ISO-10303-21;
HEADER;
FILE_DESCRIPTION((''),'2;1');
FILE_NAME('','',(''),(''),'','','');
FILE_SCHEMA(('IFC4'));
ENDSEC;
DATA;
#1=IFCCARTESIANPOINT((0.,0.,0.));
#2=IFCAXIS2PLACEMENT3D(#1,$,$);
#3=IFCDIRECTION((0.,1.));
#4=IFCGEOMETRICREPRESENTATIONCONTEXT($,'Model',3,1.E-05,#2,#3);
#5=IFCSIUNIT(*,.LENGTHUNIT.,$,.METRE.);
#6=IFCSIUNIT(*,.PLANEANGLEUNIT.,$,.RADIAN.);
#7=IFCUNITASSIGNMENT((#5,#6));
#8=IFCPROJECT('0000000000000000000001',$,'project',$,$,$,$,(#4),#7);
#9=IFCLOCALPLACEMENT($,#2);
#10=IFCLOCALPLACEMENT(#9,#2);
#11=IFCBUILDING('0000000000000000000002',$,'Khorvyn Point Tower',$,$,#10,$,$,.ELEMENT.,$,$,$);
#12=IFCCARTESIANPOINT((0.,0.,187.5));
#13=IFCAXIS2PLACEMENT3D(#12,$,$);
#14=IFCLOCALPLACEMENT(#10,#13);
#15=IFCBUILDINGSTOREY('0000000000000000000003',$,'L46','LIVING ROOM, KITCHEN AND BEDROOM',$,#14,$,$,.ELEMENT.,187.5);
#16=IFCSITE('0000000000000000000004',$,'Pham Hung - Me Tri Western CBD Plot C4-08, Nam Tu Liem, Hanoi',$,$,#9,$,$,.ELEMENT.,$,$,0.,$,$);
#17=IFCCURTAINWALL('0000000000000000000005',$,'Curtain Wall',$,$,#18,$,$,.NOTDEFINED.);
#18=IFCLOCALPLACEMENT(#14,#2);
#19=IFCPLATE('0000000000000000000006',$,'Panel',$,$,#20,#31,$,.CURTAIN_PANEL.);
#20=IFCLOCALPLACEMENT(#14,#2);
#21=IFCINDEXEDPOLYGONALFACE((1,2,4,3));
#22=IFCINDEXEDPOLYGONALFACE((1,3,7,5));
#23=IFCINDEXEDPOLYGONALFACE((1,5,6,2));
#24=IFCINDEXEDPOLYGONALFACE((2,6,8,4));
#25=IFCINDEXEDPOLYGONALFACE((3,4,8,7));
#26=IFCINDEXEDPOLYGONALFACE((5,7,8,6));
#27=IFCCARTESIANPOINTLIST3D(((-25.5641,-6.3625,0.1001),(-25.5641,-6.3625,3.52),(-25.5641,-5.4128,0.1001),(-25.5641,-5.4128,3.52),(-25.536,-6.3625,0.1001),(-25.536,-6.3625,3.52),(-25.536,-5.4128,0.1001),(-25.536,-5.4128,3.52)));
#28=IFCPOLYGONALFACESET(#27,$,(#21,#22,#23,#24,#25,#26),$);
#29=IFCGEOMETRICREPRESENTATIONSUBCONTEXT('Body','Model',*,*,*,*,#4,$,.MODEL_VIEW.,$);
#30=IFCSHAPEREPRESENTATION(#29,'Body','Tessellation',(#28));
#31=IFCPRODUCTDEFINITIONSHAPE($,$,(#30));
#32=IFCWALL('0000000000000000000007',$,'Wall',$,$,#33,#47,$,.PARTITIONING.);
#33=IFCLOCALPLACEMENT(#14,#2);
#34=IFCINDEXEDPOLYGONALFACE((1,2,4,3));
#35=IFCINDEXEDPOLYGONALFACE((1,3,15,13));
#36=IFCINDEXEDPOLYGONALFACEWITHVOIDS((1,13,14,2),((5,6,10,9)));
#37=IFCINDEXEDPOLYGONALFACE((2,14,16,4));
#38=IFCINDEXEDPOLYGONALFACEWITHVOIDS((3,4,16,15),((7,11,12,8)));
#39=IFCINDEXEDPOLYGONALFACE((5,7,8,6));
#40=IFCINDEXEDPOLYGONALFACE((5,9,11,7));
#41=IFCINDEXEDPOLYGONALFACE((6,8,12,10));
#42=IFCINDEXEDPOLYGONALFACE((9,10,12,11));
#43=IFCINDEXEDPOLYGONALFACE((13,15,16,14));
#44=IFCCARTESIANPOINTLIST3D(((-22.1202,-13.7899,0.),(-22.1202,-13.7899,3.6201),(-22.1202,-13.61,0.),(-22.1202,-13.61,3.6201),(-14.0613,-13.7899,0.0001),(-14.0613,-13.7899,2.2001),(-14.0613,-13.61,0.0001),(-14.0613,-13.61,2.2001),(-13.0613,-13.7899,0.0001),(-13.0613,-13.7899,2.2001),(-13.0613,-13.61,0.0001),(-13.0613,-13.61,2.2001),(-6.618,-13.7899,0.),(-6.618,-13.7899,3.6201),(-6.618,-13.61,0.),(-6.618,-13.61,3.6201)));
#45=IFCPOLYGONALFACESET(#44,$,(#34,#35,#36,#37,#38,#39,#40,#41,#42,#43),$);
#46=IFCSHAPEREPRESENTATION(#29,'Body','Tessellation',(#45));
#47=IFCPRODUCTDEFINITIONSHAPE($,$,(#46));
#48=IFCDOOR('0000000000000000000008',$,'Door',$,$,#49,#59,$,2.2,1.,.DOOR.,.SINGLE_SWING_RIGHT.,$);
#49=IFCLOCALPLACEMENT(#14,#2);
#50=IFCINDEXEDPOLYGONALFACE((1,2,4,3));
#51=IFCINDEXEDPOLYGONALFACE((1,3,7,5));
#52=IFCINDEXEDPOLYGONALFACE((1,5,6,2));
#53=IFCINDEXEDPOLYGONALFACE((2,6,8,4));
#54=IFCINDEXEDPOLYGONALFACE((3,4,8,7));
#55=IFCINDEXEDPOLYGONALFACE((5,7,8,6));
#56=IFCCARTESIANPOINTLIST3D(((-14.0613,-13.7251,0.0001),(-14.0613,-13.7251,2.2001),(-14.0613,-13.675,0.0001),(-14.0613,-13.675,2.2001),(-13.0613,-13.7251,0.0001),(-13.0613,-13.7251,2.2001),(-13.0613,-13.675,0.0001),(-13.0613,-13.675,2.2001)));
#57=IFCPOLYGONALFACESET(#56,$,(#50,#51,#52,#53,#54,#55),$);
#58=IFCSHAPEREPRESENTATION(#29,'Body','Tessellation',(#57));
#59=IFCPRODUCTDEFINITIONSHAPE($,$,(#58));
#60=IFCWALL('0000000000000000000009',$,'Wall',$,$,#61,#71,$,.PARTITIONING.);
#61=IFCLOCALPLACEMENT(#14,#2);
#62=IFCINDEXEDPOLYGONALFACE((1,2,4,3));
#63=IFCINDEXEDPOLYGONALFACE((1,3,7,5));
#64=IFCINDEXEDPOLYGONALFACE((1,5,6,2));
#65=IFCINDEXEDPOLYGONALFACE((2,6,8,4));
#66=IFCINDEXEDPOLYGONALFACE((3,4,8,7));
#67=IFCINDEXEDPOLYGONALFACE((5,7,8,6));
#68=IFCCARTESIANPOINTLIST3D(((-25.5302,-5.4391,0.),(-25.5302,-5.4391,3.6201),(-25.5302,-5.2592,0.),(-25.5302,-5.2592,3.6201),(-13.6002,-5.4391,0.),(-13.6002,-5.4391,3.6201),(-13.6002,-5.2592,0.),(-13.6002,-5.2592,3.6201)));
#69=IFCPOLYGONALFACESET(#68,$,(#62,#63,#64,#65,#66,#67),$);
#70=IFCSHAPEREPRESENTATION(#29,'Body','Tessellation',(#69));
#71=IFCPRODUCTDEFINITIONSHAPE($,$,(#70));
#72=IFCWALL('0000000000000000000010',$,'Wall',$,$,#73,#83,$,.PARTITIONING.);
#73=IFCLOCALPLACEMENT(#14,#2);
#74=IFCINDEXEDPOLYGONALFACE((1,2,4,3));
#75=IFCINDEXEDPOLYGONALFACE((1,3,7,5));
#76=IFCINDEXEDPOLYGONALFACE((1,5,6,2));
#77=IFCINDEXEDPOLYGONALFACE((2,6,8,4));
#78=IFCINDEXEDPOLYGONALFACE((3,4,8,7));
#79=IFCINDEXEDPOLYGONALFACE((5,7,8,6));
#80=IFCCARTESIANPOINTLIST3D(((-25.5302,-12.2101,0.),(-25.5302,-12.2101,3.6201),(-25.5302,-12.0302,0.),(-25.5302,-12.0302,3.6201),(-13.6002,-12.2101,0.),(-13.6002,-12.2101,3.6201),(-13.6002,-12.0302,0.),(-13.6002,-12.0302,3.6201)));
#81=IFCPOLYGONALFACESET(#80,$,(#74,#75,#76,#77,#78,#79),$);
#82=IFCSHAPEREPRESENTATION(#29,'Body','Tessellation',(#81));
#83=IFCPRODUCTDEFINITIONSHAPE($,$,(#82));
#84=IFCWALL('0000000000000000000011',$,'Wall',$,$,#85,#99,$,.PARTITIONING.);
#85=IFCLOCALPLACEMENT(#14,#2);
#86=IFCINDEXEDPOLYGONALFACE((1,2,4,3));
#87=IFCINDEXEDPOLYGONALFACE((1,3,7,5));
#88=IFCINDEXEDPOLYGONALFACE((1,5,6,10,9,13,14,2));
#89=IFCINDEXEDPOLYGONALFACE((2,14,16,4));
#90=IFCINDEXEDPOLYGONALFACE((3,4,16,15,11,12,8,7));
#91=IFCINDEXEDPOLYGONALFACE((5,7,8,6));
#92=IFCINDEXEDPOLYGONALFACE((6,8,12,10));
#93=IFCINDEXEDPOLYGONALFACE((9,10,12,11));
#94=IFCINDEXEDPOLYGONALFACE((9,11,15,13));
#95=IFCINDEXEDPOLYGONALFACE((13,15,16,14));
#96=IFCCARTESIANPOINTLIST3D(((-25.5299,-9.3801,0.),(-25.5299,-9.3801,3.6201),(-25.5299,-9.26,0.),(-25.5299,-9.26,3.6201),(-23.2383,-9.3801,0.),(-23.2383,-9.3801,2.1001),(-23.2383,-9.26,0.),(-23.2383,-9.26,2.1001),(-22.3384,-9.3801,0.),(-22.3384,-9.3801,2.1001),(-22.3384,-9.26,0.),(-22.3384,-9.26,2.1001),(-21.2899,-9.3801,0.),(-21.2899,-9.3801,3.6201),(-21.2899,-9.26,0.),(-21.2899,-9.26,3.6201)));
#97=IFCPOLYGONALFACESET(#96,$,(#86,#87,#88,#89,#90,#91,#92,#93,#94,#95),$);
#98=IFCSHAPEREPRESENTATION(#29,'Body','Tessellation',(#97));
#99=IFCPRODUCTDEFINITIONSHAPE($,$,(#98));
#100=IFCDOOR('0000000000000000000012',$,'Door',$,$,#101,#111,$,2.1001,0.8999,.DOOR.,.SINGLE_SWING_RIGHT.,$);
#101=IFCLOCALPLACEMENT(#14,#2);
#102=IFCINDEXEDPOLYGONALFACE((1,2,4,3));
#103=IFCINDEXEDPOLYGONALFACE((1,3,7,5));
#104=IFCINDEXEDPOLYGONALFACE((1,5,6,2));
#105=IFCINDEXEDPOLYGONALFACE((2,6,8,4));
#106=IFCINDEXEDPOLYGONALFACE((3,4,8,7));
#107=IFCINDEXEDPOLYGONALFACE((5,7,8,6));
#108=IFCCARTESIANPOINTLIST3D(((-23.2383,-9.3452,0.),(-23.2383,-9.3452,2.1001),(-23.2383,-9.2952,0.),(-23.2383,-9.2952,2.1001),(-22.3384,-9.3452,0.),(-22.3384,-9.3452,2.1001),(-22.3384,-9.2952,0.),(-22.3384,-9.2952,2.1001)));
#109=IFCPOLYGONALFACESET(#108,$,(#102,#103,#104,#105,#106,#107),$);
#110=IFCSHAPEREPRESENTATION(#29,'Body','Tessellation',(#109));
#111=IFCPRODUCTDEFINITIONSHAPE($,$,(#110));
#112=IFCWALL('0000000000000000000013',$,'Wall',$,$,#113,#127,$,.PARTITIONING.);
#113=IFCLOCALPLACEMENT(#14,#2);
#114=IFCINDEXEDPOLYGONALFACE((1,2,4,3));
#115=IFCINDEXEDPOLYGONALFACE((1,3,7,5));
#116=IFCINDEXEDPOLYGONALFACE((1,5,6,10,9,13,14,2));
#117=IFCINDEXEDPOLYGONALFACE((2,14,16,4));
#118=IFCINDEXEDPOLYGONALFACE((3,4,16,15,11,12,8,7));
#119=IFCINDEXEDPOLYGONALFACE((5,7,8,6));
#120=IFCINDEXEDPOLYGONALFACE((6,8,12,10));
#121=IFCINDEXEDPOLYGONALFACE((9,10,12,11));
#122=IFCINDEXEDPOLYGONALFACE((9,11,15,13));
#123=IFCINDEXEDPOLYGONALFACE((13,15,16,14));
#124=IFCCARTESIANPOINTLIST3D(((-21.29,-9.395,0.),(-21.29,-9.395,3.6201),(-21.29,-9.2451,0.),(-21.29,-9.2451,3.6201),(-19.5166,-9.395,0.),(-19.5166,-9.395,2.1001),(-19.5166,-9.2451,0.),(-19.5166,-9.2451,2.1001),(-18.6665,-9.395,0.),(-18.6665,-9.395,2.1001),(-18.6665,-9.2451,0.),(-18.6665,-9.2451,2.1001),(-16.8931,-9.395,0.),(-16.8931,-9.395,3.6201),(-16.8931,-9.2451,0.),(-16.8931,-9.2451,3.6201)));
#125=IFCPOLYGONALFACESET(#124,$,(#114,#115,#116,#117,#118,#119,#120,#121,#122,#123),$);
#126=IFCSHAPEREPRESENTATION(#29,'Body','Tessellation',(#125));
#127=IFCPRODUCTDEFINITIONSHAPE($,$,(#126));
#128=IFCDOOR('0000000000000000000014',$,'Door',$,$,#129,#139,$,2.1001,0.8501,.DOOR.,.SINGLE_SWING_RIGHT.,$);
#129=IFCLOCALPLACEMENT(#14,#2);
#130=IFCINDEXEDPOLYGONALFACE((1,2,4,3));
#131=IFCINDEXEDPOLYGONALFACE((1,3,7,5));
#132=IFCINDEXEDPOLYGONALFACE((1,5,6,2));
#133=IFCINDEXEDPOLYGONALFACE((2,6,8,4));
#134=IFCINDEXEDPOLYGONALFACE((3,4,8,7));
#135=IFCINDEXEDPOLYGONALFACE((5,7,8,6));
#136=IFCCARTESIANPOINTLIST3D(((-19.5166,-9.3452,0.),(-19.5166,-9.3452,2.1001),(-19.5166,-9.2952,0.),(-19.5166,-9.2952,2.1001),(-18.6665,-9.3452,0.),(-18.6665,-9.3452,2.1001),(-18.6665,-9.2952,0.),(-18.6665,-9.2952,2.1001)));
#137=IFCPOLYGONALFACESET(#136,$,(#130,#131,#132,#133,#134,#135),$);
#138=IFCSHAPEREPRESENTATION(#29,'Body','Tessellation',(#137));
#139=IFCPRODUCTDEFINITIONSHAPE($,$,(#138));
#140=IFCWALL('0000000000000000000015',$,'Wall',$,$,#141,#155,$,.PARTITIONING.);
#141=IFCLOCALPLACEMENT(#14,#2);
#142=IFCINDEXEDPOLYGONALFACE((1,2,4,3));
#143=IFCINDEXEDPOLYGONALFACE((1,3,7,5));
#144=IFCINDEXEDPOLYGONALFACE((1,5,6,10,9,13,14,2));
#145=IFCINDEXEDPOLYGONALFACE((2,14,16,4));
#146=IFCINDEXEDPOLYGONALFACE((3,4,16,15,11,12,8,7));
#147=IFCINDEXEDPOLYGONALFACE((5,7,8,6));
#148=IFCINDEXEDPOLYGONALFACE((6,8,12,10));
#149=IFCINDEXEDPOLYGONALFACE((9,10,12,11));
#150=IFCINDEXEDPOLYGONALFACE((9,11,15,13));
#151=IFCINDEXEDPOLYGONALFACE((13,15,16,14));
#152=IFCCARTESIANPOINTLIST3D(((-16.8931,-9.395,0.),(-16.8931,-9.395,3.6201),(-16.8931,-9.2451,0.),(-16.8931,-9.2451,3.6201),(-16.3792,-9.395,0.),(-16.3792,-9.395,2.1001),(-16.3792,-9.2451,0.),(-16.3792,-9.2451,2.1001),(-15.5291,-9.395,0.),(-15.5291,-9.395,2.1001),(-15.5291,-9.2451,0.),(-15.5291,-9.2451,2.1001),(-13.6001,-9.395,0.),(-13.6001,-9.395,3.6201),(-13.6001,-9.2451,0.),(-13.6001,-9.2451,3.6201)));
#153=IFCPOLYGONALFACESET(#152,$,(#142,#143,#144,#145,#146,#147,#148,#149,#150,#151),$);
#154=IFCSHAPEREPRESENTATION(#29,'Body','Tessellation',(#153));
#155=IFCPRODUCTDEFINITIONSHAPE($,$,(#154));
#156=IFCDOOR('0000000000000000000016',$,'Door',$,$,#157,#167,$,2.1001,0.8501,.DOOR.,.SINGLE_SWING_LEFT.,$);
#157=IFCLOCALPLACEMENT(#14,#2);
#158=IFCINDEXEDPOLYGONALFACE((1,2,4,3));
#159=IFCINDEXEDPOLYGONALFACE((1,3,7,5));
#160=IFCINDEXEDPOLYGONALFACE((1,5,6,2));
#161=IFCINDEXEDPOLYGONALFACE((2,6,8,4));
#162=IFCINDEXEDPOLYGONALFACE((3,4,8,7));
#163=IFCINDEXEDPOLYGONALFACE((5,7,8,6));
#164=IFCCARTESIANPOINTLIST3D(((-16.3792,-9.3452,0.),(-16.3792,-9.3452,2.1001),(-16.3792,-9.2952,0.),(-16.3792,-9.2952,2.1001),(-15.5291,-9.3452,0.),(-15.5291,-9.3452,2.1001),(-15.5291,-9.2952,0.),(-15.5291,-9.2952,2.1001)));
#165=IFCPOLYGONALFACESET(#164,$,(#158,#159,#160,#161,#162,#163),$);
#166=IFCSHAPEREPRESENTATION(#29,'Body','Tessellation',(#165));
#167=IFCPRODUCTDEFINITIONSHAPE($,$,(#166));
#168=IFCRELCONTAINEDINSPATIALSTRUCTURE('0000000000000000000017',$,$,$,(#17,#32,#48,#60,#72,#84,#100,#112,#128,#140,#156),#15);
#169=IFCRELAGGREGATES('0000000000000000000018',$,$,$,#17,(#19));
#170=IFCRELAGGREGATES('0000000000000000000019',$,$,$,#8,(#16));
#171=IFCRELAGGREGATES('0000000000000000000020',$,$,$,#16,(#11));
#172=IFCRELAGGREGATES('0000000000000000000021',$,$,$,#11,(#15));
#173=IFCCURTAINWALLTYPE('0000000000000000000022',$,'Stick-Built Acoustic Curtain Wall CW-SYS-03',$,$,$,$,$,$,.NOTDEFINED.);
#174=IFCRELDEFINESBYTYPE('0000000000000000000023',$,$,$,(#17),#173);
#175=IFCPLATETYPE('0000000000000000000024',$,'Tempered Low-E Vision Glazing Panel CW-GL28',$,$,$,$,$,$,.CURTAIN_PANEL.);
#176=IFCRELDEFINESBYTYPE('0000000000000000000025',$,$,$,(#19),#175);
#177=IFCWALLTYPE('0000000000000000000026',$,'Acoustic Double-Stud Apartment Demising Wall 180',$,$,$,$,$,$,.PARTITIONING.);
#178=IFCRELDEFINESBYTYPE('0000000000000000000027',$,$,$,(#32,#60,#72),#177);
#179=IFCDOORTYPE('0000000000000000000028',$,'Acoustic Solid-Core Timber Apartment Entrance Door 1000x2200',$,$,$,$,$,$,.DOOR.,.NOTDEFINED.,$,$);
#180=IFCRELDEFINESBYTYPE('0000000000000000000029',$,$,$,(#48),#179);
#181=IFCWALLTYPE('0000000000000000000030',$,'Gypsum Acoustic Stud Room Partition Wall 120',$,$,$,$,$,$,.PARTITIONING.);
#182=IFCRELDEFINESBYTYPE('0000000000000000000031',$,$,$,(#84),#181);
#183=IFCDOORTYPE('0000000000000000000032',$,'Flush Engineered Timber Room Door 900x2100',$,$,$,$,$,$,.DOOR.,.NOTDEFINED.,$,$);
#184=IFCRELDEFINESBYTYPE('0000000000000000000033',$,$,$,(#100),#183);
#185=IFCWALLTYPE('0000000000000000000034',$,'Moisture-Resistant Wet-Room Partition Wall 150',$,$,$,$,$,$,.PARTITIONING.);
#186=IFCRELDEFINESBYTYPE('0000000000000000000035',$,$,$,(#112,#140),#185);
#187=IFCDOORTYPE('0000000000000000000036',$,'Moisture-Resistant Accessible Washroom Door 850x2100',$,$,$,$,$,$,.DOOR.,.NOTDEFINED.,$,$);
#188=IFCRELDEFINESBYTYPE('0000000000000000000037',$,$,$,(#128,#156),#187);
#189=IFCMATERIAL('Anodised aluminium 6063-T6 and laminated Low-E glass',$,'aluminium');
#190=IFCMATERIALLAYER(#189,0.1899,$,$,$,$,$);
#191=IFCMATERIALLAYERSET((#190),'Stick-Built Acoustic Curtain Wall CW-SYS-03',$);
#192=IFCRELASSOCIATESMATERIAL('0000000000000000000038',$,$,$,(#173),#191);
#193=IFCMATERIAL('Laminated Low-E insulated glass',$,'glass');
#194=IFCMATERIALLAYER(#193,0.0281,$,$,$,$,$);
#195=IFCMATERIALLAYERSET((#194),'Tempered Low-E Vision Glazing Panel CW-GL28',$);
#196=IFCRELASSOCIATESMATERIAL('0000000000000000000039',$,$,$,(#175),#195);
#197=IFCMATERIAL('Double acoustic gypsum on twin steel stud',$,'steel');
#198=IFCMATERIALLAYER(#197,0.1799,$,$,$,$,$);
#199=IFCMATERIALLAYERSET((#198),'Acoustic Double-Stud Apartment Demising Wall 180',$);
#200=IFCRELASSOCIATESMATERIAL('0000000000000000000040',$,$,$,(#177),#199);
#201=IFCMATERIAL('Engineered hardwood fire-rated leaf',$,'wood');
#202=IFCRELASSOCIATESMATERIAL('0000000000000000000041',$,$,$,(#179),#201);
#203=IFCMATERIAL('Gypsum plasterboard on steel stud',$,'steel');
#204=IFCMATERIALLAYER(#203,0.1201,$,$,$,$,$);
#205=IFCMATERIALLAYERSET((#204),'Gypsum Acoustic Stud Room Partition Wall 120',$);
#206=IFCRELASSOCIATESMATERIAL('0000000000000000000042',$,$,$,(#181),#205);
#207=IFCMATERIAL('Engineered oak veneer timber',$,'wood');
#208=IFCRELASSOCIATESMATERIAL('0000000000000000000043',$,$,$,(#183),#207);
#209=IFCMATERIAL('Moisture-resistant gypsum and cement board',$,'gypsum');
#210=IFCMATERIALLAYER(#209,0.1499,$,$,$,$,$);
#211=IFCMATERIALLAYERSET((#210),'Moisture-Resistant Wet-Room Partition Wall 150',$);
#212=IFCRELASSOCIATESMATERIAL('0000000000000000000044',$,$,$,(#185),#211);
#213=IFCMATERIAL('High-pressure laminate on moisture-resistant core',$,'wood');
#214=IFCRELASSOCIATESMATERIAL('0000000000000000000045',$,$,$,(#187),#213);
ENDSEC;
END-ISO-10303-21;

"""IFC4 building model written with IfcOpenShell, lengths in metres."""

from ifc_helpers import new_model, si_unit, direction, frame, frame_2d, origin, origin_2d, place, context, subcontext, project, spatial, rectangle, extrude, material, layer, layer_set, type_object, element, fill, aggregate, save


model = new_model("IFC4")

# Units and contexts
model_context = context("Model", 3, precision=1e-05, world=origin(), true_north=direction((0.0, 1.0)))
body_context = subcontext(model_context, "Body", "Model", "MODEL_VIEW")
ifc_project = project(units=[si_unit("LENGTHUNIT", "METRE"), si_unit("PLANEANGLEUNIT", "RADIAN")], contexts=[model_context])

# Site, building, storey
site_placement = place(None, origin())
site = spatial("IfcSite", under=ifc_project, at=site_placement, Name="Pham Hung - Me Tri Western CBD Plot C4-08, Nam Tu Liem, Hanoi", CompositionType="ELEMENT", RefElevation=0.0)
building_placement = place(site_placement, origin())
building = spatial("IfcBuilding", under=site, at=building_placement, Name="Khorvyn Point Tower", CompositionType="ELEMENT")
storey_placement = place(building_placement, frame((0.0, 0.0, 187.5)))
storey = spatial("IfcBuildingStorey", under=building, at=storey_placement, Name="L46", Description="LIVING ROOM, KITCHEN AND BEDROOM", CompositionType="ELEMENT", Elevation=187.5)

# Curtain wall
ifc_material_1 = material(Name="Anodised aluminium 6063-T6 and laminated Low-E glass", Category="aluminium")
ifc_layer_1 = layer(ifc_material_1, 0.1899)
ifc_layer_set_1 = layer_set([ifc_layer_1], Name="Stick-Built Acoustic Curtain Wall CW-SYS-03")
curtain_wall_type = type_object("IfcCurtainWallType", Name="Stick-Built Acoustic Curtain Wall CW-SYS-03", PredefinedType="NOTDEFINED", material=ifc_layer_set_1)
curtain_wall_placement = place(storey_placement, origin())
curtain_wall = element("IfcCurtainWall", 1, at=curtain_wall_placement, inside=storey, type_object=curtain_wall_type, Name="Curtain Wall", PredefinedType="NOTDEFINED")

# Plate
ifc_material_2 = material(Name="Laminated Low-E insulated glass", Category="glass")
ifc_layer_2 = layer(ifc_material_2, 0.0281)
ifc_layer_set_2 = layer_set([ifc_layer_2], Name="Tempered Low-E Vision Glazing Panel CW-GL28")
plate_type_1 = type_object("IfcPlateType", Name="Tempered Low-E Vision Glazing Panel CW-GL28", PredefinedType="CURTAIN_PANEL", material=ifc_layer_set_2)
plate_1_placement = place(storey_placement, frame((-25.55, -5.8877, 0.1001), z_axis=(0.0, 0.0, 1.0), x_axis=(0.0, 1.0, 0.0)))
plate_1 = element("IfcPlate", 2, at=plate_1_placement, type_object=plate_type_1, Name="Panel", PredefinedType="CURTAIN_PANEL", context=body_context, shape_type="SweptSolid", body=[
    extrude(rectangle(XDim=0.9497, YDim=0.0281, at=origin_2d()), origin(), (0.0, 0.0, 1.0), 3.4199),
])
aggregate(curtain_wall, [plate_1])

# Wall, opening, door
ifc_material_3 = material(Name="Double acoustic gypsum on twin steel stud", Category="steel")
ifc_layer_3 = layer(ifc_material_3, 0.1799)
ifc_layer_set_3 = layer_set([ifc_layer_3], Name="Acoustic Double-Stud Apartment Demising Wall 180")
wall_type_1 = type_object("IfcWallType", Name="Acoustic Double-Stud Apartment Demising Wall 180", PredefinedType="PARTITIONING", material=ifc_layer_set_3)
wall_1_placement = place(storey_placement, frame((-22.1201, -13.7, 0.0), z_axis=(0.0, 0.0, 1.0), x_axis=(1.0, 0.0, 0.0)))
wall_1 = element("IfcWall", 3, at=wall_1_placement, inside=storey, type_object=wall_type_1, Name="Wall", PredefinedType="PARTITIONING", context=body_context, shape_type="SweptSolid", body=[
    extrude(rectangle(XDim=15.5022, YDim=0.1799, at=frame_2d((7.751, 0.0))), origin(), (0.0, 0.0, 1.0), 3.6201),
])
opening_1_placement = place(wall_1_placement, frame((8.0588, 0.0, 0.0)))
opening_1 = element("IfcOpeningElement", 4, at=opening_1_placement, cuts=wall_1, PredefinedType="OPENING", context=body_context, shape_type="SweptSolid", body=[
    extrude(rectangle(XDim=1.0, YDim=2.2, at=frame_2d((0.5, 1.1001))), frame((0.0, 0.0999, 0.0), z_axis=(0.0, -1.0, 0.0), x_axis=(1.0, 0.0, 0.0)), (0.0, 0.0, 1.0), 0.2),
])
ifc_material_4 = material(Name="Engineered hardwood fire-rated leaf", Category="wood")
door_type_1 = type_object("IfcDoorType", Name="Acoustic Solid-Core Timber Apartment Entrance Door 1000x2200", OperationType="NOTDEFINED", PredefinedType="DOOR", material=ifc_material_4)
door_1_placement = place(opening_1_placement, origin())
door_1 = element("IfcDoor", 5, at=door_1_placement, inside=storey, type_object=door_type_1, Name="Door", OperationType="SINGLE_SWING_RIGHT", OverallHeight=2.2, OverallWidth=1.0, PredefinedType="DOOR", context=body_context, shape_type="SweptSolid", body=[
    extrude(rectangle(XDim=1.0, YDim=2.2, at=frame_2d((0.5, 1.1001))), frame((0.0, 0.0249, 0.0), z_axis=(0.0, -1.0, 0.0), x_axis=(1.0, 0.0, 0.0)), (0.0, 0.0, 1.0), 0.05),
])
fill(opening_1, door_1)

# Walls
for number, where, z_axis, x_axis, name in (
    (6, (-25.53, -5.3491, 0.0), (0.0, 0.0, 1.0), (1.0, 0.0, 0.0), "Wall"),
    (7, (-25.53, -12.1201, 0.0), (0.0, 0.0, 1.0), (1.0, 0.0, 0.0), "Wall"),
):
    element("IfcWall", number, at=place(storey_placement, frame(where, z_axis=z_axis, x_axis=x_axis)), inside=storey, type_object=wall_type_1, Name=name, PredefinedType="PARTITIONING", context=body_context, shape_type="SweptSolid", body=[
        extrude(rectangle(XDim=11.9299, YDim=0.1799, at=frame_2d((5.9648, 0.0))), origin(), (0.0, 0.0, 1.0), 3.6201),
    ])

# Walls, openings, doors
ifc_material_5 = material(Name="Gypsum plasterboard on steel stud", Category="steel")
ifc_layer_4 = layer(ifc_material_5, 0.1201)
ifc_layer_set_4 = layer_set([ifc_layer_4], Name="Gypsum Acoustic Stud Room Partition Wall 120")
wall_type_2 = type_object("IfcWallType", Name="Gypsum Acoustic Stud Room Partition Wall 120", PredefinedType="PARTITIONING", material=ifc_layer_set_4)
wall_2_placement = place(storey_placement, frame((-25.53, -9.3201, 0.0), z_axis=(0.0, 0.0, 1.0), x_axis=(1.0, 0.0, 0.0)))
wall_2 = element("IfcWall", 8, at=wall_2_placement, inside=storey, type_object=wall_type_2, Name="Wall", PredefinedType="PARTITIONING", context=body_context, shape_type="SweptSolid", body=[
    extrude(rectangle(XDim=4.24, YDim=0.1201, at=frame_2d((2.1201, 0.0))), origin(), (0.0, 0.0, 1.0), 3.6201),
])
opening_2_placement = place(wall_2_placement, frame((2.2917, 0.0, 0.0)))
opening_2 = element("IfcOpeningElement", 9, at=opening_2_placement, cuts=wall_2, PredefinedType="OPENING", context=body_context, shape_type="SweptSolid", body=[
    extrude(rectangle(XDim=0.8999, YDim=2.1001, at=frame_2d((0.45, 1.05))), frame((0.0, 0.0701, 0.0), z_axis=(0.0, -1.0, 0.0), x_axis=(1.0, 0.0, 0.0)), (0.0, 0.0, 1.0), 0.1401),
])
ifc_material_6 = material(Name="Engineered oak veneer timber", Category="wood")
door_type_2 = type_object("IfcDoorType", Name="Flush Engineered Timber Room Door 900x2100", OperationType="NOTDEFINED", PredefinedType="DOOR", material=ifc_material_6)
door_2_placement = place(opening_2_placement, origin())
door_2 = element("IfcDoor", 10, at=door_2_placement, inside=storey, type_object=door_type_2, Name="Door", OperationType="SINGLE_SWING_RIGHT", OverallHeight=2.1001, OverallWidth=0.8999, PredefinedType="DOOR", context=body_context, shape_type="SweptSolid", body=[
    extrude(rectangle(XDim=0.8999, YDim=2.1001, at=frame_2d((0.45, 1.05))), frame((0.0, 0.0249, 0.0), z_axis=(0.0, -1.0, 0.0), x_axis=(1.0, 0.0, 0.0)), (0.0, 0.0, 1.0), 0.05),
])
fill(opening_2, door_2)
ifc_material_7 = material(Name="Moisture-resistant gypsum and cement board", Category="gypsum")
ifc_layer_5 = layer(ifc_material_7, 0.1499)
ifc_layer_set_5 = layer_set([ifc_layer_5], Name="Moisture-Resistant Wet-Room Partition Wall 150")
wall_type_3 = type_object("IfcWallType", Name="Moisture-Resistant Wet-Room Partition Wall 150", PredefinedType="PARTITIONING", material=ifc_layer_set_5)
wall_3_placement = place(storey_placement, frame((-21.29, -9.3201, 0.0), z_axis=(0.0, 0.0, 1.0), x_axis=(1.0, 0.0, 0.0)))
wall_3 = element("IfcWall", 11, at=wall_3_placement, inside=storey, type_object=wall_type_3, Name="Wall", PredefinedType="PARTITIONING", context=body_context, shape_type="SweptSolid", body=[
    extrude(rectangle(XDim=4.397, YDim=0.1499, at=frame_2d((2.1985, 0.0))), origin(), (0.0, 0.0, 1.0), 3.6201),
])
opening_3_placement = place(wall_3_placement, frame((1.7734, 0.0, 0.0)))
opening_3 = element("IfcOpeningElement", 12, at=opening_3_placement, cuts=wall_3, PredefinedType="OPENING", context=body_context, shape_type="SweptSolid", body=[
    extrude(rectangle(XDim=0.8501, YDim=2.1001, at=frame_2d((0.425, 1.05))), frame((0.0, 0.085, 0.0), z_axis=(0.0, -1.0, 0.0), x_axis=(1.0, 0.0, 0.0)), (0.0, 0.0, 1.0), 0.1699),
])
ifc_material_8 = material(Name="High-pressure laminate on moisture-resistant core", Category="wood")
door_type_3 = type_object("IfcDoorType", Name="Moisture-Resistant Accessible Washroom Door 850x2100", OperationType="NOTDEFINED", PredefinedType="DOOR", material=ifc_material_8)
door_3_placement = place(opening_3_placement, origin())
door_3 = element("IfcDoor", 13, at=door_3_placement, inside=storey, type_object=door_type_3, Name="Door", OperationType="SINGLE_SWING_RIGHT", OverallHeight=2.1001, OverallWidth=0.8501, PredefinedType="DOOR", context=body_context, shape_type="SweptSolid", body=[
    extrude(rectangle(XDim=0.8501, YDim=2.1001, at=frame_2d((0.425, 1.05))), frame((0.0, 0.0249, 0.0), z_axis=(0.0, -1.0, 0.0), x_axis=(1.0, 0.0, 0.0)), (0.0, 0.0, 1.0), 0.05),
])
fill(opening_3, door_3)
wall_4_placement = place(storey_placement, frame((-16.8931, -9.3201, 0.0), z_axis=(0.0, 0.0, 1.0), x_axis=(1.0, 0.0, 0.0)))
wall_4 = element("IfcWall", 14, at=wall_4_placement, inside=storey, type_object=wall_type_3, Name="Wall", PredefinedType="PARTITIONING", context=body_context, shape_type="SweptSolid", body=[
    extrude(rectangle(XDim=3.293, YDim=0.1499, at=frame_2d((1.6465, 0.0))), origin(), (0.0, 0.0, 1.0), 3.6201),
])
opening_4_placement = place(wall_4_placement, frame((0.5139, 0.0, 0.0)))
opening_4 = element("IfcOpeningElement", 15, at=opening_4_placement, cuts=wall_4, PredefinedType="OPENING", context=body_context, shape_type="SweptSolid", body=[
    extrude(rectangle(XDim=0.8501, YDim=2.1001, at=frame_2d((0.425, 1.05))), frame((0.0, 0.085, 0.0), z_axis=(0.0, -1.0, 0.0), x_axis=(1.0, 0.0, 0.0)), (0.0, 0.0, 1.0), 0.1699),
])
door_4_placement = place(opening_4_placement, origin())
door_4 = element("IfcDoor", 16, at=door_4_placement, inside=storey, type_object=door_type_3, Name="Door", OperationType="SINGLE_SWING_LEFT", OverallHeight=2.1001, OverallWidth=0.8501, PredefinedType="DOOR", context=body_context, shape_type="SweptSolid", body=[
    extrude(rectangle(XDim=0.8501, YDim=2.1001, at=frame_2d((0.425, 1.05))), frame((0.0, 0.0249, 0.0), z_axis=(0.0, -1.0, 0.0), x_axis=(1.0, 0.0, 0.0)), (0.0, 0.0, 1.0), 0.05),
])
fill(opening_4, door_4)

save(model, "model.ifc")
